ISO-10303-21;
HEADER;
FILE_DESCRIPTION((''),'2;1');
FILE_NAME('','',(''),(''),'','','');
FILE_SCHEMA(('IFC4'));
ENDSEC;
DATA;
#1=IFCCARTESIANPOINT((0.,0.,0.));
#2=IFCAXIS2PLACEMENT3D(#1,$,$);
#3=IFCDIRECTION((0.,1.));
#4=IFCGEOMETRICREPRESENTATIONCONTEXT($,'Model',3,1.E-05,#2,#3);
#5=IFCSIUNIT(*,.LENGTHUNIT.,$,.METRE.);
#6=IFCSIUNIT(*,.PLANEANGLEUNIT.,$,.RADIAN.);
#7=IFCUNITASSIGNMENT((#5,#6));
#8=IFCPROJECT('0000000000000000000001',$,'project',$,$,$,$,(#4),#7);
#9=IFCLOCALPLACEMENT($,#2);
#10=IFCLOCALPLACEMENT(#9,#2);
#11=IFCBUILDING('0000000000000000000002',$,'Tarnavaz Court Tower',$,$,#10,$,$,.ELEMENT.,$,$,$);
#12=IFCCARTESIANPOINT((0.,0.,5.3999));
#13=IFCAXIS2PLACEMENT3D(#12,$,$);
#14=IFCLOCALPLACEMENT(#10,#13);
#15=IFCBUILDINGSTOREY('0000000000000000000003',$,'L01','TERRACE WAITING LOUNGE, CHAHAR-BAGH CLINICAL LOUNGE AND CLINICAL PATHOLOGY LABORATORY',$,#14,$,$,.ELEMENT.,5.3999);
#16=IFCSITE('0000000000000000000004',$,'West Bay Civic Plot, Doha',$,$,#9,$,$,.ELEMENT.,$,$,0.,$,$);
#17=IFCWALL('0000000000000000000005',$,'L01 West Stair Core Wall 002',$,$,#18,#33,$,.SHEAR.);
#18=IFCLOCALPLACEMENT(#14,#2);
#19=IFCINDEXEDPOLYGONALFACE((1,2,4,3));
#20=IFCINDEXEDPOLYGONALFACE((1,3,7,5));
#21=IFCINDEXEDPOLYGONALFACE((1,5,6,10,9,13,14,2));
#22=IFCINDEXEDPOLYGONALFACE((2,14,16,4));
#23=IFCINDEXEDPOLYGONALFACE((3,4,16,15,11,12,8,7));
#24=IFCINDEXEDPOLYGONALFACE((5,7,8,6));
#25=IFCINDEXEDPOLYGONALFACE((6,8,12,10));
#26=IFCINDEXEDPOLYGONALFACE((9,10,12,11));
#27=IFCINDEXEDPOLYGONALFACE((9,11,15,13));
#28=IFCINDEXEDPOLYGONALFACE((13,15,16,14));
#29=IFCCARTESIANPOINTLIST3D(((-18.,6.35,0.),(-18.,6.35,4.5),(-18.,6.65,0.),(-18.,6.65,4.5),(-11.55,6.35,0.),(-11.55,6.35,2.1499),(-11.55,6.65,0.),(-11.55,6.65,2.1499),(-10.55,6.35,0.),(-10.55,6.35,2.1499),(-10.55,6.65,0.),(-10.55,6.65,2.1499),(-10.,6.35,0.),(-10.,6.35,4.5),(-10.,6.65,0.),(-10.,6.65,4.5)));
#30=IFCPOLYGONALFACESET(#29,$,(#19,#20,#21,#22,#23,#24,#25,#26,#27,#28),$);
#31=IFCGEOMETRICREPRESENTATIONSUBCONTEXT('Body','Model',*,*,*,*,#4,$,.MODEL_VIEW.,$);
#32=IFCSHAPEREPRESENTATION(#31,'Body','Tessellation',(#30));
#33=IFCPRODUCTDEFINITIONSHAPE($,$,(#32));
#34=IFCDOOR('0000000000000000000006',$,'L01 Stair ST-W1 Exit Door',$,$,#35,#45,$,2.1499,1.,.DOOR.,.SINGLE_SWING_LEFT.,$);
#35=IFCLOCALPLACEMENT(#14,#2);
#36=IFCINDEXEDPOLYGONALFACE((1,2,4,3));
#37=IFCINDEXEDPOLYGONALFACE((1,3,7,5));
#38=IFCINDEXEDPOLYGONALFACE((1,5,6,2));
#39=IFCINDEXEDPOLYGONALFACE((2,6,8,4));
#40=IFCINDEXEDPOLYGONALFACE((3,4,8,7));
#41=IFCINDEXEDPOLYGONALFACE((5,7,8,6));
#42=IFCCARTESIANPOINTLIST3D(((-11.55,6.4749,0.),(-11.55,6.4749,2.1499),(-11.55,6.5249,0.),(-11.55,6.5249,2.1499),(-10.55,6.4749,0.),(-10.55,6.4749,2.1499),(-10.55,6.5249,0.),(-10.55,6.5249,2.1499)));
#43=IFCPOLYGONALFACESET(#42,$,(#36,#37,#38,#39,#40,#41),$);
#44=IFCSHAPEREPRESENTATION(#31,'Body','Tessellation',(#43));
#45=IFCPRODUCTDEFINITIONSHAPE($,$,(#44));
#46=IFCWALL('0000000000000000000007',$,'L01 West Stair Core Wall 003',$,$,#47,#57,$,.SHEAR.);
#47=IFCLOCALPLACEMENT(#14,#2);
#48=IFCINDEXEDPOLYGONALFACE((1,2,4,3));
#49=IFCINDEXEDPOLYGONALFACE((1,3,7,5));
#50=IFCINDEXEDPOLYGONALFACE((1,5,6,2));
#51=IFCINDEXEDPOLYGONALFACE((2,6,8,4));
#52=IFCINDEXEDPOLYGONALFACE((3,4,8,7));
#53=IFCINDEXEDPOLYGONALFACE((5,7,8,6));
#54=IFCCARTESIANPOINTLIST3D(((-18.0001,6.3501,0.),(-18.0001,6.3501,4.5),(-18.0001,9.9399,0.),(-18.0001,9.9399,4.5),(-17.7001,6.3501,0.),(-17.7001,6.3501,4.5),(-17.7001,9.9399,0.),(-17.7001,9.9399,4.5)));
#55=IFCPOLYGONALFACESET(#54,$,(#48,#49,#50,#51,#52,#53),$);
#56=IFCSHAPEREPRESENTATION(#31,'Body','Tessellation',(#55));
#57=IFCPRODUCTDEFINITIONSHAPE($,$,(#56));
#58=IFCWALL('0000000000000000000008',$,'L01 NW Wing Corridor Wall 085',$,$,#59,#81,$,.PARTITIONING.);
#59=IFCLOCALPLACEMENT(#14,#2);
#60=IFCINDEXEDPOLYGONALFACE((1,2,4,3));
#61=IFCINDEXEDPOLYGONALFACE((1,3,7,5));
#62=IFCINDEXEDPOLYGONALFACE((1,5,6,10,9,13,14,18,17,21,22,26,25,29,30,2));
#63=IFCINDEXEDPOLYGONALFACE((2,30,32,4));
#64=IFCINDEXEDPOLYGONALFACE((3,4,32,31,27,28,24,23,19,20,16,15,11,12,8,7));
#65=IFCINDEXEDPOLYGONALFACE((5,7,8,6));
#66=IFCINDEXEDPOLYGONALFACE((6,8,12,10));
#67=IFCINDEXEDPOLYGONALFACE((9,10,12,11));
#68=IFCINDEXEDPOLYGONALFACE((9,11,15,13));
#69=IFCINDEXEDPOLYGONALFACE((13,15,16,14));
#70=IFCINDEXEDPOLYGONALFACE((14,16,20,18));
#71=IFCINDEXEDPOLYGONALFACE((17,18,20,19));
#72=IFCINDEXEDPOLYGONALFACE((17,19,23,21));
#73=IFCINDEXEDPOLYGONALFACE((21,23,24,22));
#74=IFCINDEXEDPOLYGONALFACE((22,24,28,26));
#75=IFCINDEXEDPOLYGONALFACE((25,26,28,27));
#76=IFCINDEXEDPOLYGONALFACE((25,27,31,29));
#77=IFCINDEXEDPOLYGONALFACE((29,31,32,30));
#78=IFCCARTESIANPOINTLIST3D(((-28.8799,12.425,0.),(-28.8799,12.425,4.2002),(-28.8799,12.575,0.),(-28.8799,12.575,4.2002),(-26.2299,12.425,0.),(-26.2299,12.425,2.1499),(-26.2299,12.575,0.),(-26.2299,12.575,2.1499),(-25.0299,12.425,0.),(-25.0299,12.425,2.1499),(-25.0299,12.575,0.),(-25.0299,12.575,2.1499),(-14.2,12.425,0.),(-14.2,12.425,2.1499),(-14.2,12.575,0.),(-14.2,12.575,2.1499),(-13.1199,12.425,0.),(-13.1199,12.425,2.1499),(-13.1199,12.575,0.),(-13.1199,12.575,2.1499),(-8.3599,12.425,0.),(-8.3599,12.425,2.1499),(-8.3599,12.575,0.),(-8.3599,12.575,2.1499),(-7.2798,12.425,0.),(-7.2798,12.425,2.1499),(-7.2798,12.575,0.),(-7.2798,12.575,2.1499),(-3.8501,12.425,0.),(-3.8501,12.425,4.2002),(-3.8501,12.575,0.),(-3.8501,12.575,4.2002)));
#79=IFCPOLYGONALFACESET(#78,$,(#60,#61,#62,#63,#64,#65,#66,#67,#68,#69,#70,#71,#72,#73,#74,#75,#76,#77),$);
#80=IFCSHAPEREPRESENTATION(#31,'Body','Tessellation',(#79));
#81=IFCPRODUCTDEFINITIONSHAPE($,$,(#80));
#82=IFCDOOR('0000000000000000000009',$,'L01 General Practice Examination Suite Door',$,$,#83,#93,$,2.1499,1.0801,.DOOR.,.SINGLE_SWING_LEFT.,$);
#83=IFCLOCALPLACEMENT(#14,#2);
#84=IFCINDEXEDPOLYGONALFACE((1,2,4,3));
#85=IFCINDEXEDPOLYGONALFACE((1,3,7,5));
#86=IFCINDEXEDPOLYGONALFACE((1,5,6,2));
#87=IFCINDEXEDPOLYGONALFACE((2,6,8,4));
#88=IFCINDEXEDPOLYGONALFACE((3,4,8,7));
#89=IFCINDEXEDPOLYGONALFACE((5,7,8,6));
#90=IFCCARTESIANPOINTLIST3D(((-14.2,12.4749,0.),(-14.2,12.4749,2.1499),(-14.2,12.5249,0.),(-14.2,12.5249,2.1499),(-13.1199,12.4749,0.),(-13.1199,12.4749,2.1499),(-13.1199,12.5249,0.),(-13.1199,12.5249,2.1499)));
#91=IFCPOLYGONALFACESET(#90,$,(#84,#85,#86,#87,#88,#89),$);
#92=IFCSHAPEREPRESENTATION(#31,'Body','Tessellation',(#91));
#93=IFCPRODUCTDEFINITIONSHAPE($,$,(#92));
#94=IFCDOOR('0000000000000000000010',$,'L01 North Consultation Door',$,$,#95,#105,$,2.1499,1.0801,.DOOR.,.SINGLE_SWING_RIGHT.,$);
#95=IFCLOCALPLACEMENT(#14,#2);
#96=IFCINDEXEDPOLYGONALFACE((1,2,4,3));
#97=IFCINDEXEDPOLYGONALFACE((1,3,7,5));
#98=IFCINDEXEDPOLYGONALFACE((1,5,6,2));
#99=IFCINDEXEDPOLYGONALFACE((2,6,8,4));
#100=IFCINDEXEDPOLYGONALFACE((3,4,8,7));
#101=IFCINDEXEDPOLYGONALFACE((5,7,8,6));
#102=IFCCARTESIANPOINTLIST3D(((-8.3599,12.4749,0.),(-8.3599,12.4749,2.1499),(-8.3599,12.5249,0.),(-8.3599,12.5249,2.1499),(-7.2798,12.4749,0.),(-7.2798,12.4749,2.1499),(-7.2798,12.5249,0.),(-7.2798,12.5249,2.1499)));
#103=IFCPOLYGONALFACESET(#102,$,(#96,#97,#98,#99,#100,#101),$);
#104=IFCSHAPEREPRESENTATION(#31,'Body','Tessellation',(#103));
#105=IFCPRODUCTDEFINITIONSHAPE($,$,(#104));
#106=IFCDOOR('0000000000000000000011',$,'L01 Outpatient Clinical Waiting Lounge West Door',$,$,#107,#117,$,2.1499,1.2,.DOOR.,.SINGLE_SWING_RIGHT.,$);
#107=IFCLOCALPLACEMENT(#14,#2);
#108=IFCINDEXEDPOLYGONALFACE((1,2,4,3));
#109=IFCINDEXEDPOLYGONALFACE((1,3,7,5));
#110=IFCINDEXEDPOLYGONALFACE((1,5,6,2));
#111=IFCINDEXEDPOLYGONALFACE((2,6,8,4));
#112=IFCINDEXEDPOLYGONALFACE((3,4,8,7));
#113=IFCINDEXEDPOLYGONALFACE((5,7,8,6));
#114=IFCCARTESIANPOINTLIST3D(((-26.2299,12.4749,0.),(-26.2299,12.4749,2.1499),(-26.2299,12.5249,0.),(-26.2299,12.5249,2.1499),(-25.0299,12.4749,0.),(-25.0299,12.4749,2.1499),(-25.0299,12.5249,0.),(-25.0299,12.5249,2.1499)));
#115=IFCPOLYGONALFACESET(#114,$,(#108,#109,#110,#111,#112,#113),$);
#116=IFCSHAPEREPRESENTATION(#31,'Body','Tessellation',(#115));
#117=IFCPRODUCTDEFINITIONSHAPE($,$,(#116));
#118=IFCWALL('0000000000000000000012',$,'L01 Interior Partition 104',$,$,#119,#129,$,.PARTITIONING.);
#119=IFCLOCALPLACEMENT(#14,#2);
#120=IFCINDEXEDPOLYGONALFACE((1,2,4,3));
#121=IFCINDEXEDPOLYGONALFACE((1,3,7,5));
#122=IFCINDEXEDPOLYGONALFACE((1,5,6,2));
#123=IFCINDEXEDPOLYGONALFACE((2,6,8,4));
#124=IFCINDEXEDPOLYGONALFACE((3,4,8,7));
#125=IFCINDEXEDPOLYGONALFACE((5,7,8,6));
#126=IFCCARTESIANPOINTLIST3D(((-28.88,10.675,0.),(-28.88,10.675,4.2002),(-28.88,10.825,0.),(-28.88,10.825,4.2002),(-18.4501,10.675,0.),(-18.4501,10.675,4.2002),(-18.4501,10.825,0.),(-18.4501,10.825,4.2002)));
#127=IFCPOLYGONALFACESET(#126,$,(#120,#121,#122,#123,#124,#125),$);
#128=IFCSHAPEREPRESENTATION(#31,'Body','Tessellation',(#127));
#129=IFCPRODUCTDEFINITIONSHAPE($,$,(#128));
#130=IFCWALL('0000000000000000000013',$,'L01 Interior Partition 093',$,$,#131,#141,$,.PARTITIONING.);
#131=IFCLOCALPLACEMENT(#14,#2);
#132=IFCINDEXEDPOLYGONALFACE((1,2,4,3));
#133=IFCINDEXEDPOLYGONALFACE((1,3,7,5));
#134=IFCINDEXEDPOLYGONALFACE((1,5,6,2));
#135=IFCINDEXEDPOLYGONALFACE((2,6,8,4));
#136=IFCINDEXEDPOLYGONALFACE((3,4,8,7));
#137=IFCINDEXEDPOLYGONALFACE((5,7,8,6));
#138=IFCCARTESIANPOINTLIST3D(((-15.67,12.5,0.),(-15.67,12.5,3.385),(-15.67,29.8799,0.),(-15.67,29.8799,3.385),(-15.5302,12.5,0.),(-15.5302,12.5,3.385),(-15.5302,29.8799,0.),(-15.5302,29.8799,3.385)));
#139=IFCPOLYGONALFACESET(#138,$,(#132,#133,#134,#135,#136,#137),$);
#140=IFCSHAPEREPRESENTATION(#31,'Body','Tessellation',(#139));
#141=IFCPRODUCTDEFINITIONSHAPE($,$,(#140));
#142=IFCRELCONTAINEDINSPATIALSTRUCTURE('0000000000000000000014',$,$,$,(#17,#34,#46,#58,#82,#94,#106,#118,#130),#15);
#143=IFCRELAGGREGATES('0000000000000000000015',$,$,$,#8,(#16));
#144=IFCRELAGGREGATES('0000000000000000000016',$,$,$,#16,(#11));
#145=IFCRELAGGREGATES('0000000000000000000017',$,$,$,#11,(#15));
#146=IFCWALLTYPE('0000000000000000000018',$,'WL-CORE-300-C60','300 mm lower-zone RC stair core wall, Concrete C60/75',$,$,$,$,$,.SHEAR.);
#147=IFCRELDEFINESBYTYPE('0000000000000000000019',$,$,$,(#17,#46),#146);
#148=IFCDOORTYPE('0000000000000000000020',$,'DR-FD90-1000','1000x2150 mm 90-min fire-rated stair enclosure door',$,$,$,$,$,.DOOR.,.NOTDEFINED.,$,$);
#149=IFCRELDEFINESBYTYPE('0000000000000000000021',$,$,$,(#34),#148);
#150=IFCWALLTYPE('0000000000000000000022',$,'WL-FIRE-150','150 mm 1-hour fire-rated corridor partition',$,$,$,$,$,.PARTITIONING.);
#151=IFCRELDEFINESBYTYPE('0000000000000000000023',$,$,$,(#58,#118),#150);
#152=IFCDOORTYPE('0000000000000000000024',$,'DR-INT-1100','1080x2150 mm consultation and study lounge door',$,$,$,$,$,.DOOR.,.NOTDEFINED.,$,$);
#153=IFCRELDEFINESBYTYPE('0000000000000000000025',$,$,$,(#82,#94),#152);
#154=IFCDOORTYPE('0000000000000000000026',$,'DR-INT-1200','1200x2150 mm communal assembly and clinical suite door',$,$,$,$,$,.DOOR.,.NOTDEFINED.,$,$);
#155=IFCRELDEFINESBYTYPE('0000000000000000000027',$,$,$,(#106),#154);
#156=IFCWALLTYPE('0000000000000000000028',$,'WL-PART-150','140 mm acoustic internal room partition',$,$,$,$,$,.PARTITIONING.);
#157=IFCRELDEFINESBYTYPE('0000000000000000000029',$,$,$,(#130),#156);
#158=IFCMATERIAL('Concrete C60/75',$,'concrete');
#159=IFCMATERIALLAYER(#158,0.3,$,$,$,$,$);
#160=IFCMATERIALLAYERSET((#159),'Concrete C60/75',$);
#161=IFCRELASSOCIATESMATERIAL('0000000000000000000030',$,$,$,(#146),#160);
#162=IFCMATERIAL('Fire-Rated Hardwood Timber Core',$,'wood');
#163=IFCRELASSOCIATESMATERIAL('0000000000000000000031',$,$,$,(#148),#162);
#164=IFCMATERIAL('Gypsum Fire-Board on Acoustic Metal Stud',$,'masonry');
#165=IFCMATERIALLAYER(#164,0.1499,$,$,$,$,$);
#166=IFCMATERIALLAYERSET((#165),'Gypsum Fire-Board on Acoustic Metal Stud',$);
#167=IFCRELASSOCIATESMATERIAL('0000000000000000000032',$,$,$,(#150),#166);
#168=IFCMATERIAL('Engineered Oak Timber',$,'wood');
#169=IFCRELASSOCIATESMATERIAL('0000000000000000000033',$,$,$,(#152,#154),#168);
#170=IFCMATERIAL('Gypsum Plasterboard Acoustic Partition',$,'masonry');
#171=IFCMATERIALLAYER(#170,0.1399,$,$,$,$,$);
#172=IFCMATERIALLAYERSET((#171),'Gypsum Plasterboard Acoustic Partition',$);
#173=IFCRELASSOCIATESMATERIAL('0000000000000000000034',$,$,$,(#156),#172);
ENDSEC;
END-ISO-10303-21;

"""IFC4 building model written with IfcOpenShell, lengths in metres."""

from ifc_helpers import new_model, si_unit, direction, frame, frame_2d, origin, place, context, subcontext, project, spatial, rectangle, extrude, material, layer, layer_set, type_object, element, fill, save


model = new_model("IFC4")

# Units and contexts
model_context = context("Model", 3, precision=1e-05, world=origin(), true_north=direction((0.0, 1.0)))
body_context = subcontext(model_context, "Body", "Model", "MODEL_VIEW")
ifc_project = project(units=[si_unit("LENGTHUNIT", "METRE"), si_unit("PLANEANGLEUNIT", "RADIAN")], contexts=[model_context])

# Site, building, storey
site_placement = place(None, origin())
site = spatial("IfcSite", under=ifc_project, at=site_placement, Name="West Bay Civic Plot, Doha", CompositionType="ELEMENT", RefElevation=0.0)
building_placement = place(site_placement, origin())
building = spatial("IfcBuilding", under=site, at=building_placement, Name="Tarnavaz Court Tower", CompositionType="ELEMENT")
storey_placement = place(building_placement, frame((0.0, 0.0, 5.3999)))
storey = spatial("IfcBuildingStorey", under=building, at=storey_placement, Name="L01", Description="TERRACE WAITING LOUNGE, CHAHAR-BAGH CLINICAL LOUNGE AND CLINICAL PATHOLOGY LABORATORY", CompositionType="ELEMENT", Elevation=5.3999)

# Shared definitions
ifc_material_1 = material(Name="Concrete C60/75", Category="concrete")

# Shared definitions
ifc_layer_1 = layer(ifc_material_1, 0.3)
ifc_layer_set_1 = layer_set([ifc_layer_1], Name="Concrete C60/75")
wall_type_1 = type_object("IfcWallType", Name="WL-CORE-300-C60", Description="300 mm lower-zone RC stair core wall, Concrete C60/75", PredefinedType="SHEAR", material=ifc_layer_set_1)

# Wall, opening, door
wall_1_placement = place(storey_placement, frame((-18.0, 6.5, 0.0), z_axis=(0.0, 0.0, 1.0), x_axis=(1.0, 0.0, 0.0)))
wall_1 = element("IfcWall", 1, at=wall_1_placement, inside=storey, type_object=wall_type_1, Name="L01 West Stair Core Wall 002", PredefinedType="SHEAR", context=body_context, shape_type="SweptSolid", body=[
    extrude(rectangle(XDim=8.0, YDim=0.3, at=frame_2d((4.0, 0.0))), origin(), (0.0, 0.0, 1.0), 4.5),
])
opening_1_placement = place(wall_1_placement, frame((6.45, 0.0, 0.0)))
opening_1 = element("IfcOpeningElement", 2, at=opening_1_placement, cuts=wall_1, PredefinedType="OPENING", context=body_context, shape_type="SweptSolid", body=[
    extrude(rectangle(XDim=1.0, YDim=2.1499, at=frame_2d((0.5, 1.075))), frame((0.0, 0.1599, 0.0), z_axis=(0.0, -1.0, 0.0), x_axis=(1.0, 0.0, 0.0)), (0.0, 0.0, 1.0), 0.3201),
])
ifc_material_2 = material(Name="Fire-Rated Hardwood Timber Core", Category="wood")
door_type_1 = type_object("IfcDoorType", Name="DR-FD90-1000", Description="1000x2150 mm 90-min fire-rated stair enclosure door", OperationType="NOTDEFINED", PredefinedType="DOOR", material=ifc_material_2)
door_1_placement = place(opening_1_placement, origin())
door_1 = element("IfcDoor", 3, at=door_1_placement, inside=storey, type_object=door_type_1, Name="L01 Stair ST-W1 Exit Door", OperationType="SINGLE_SWING_LEFT", OverallHeight=2.1499, OverallWidth=1.0, PredefinedType="DOOR", context=body_context, shape_type="SweptSolid", body=[
    extrude(rectangle(XDim=1.0, YDim=2.1499, at=frame_2d((0.5, 1.075))), frame((0.0, 0.0249, 0.0), z_axis=(0.0, -1.0, 0.0), x_axis=(1.0, 0.0, 0.0)), (0.0, 0.0, 1.0), 0.05),
])
fill(opening_1, door_1)

# Wall
wall_2_placement = place(storey_placement, frame((-17.8501, 6.3501, 0.0), z_axis=(0.0, 0.0, 1.0), x_axis=(0.0, 1.0, 0.0)))
element("IfcWall", 4, at=wall_2_placement, inside=storey, type_object=wall_type_1, Name="L01 West Stair Core Wall 003", PredefinedType="SHEAR", context=body_context, shape_type="SweptSolid", body=[
    extrude(rectangle(XDim=3.5898, YDim=0.3, at=frame_2d((1.7949, 0.0))), origin(), (0.0, 0.0, 1.0), 4.5),
])

# Wall, openings, doors
ifc_material_3 = material(Name="Gypsum Fire-Board on Acoustic Metal Stud", Category="masonry")
ifc_layer_2 = layer(ifc_material_3, 0.1499)
ifc_layer_set_2 = layer_set([ifc_layer_2], Name="Gypsum Fire-Board on Acoustic Metal Stud")
wall_type_2 = type_object("IfcWallType", Name="WL-FIRE-150", Description="150 mm 1-hour fire-rated corridor partition", PredefinedType="PARTITIONING", material=ifc_layer_set_2)
wall_3_placement = place(storey_placement, frame((-28.8799, 12.5, 0.0), z_axis=(0.0, 0.0, 1.0), x_axis=(1.0, 0.0, 0.0)))
wall_3 = element("IfcWall", 5, at=wall_3_placement, inside=storey, type_object=wall_type_2, Name="L01 NW Wing Corridor Wall 085", PredefinedType="PARTITIONING", context=body_context, shape_type="SweptSolid", body=[
    extrude(rectangle(XDim=25.0298, YDim=0.1499, at=frame_2d((12.5149, 0.0))), origin(), (0.0, 0.0, 1.0), 4.2002),
])
opening_2_placement = place(wall_3_placement, frame((2.6499, 0.0, 0.0)))
opening_2 = element("IfcOpeningElement", 6, at=opening_2_placement, cuts=wall_3, PredefinedType="OPENING", context=body_context, shape_type="SweptSolid", body=[
    extrude(rectangle(XDim=1.2, YDim=2.1499, at=frame_2d((0.6001, 1.075))), frame((0.0, 0.085, 0.0), z_axis=(0.0, -1.0, 0.0), x_axis=(1.0, 0.0, 0.0)), (0.0, 0.0, 1.0), 0.1699),
])
opening_3_placement = place(wall_3_placement, frame((14.6799, 0.0, 0.0)))
opening_3 = element("IfcOpeningElement", 7, at=opening_3_placement, cuts=wall_3, PredefinedType="OPENING", context=body_context, shape_type="SweptSolid", body=[
    extrude(rectangle(XDim=1.0801, YDim=2.1499, at=frame_2d((0.54, 1.075))), frame((0.0, 0.085, 0.0), z_axis=(0.0, -1.0, 0.0), x_axis=(1.0, 0.0, 0.0)), (0.0, 0.0, 1.0), 0.1699),
])
opening_4_placement = place(wall_3_placement, frame((20.52, 0.0, 0.0)))
opening_4 = element("IfcOpeningElement", 8, at=opening_4_placement, cuts=wall_3, PredefinedType="OPENING", context=body_context, shape_type="SweptSolid", body=[
    extrude(rectangle(XDim=1.0801, YDim=2.1499, at=frame_2d((0.54, 1.075))), frame((0.0, 0.085, 0.0), z_axis=(0.0, -1.0, 0.0), x_axis=(1.0, 0.0, 0.0)), (0.0, 0.0, 1.0), 0.1699),
])
ifc_material_4 = material(Name="Engineered Oak Timber", Category="wood")
door_type_2 = type_object("IfcDoorType", Name="DR-INT-1100", Description="1080x2150 mm consultation and study lounge door", OperationType="NOTDEFINED", PredefinedType="DOOR", material=ifc_material_4)
door_2_placement = place(opening_3_placement, origin())
door_2 = element("IfcDoor", 9, at=door_2_placement, inside=storey, type_object=door_type_2, Name="L01 General Practice Examination Suite Door", OperationType="SINGLE_SWING_LEFT", OverallHeight=2.1499, OverallWidth=1.0801, PredefinedType="DOOR", context=body_context, shape_type="SweptSolid", body=[
    extrude(rectangle(XDim=1.0801, YDim=2.1499, at=frame_2d((0.54, 1.075))), frame((0.0, 0.0249, 0.0), z_axis=(0.0, -1.0, 0.0), x_axis=(1.0, 0.0, 0.0)), (0.0, 0.0, 1.0), 0.05),
])
fill(opening_3, door_2)
door_3_placement = place(opening_4_placement, origin())
door_3 = element("IfcDoor", 10, at=door_3_placement, inside=storey, type_object=door_type_2, Name="L01 North Consultation Door", OperationType="SINGLE_SWING_RIGHT", OverallHeight=2.1499, OverallWidth=1.0801, PredefinedType="DOOR", context=body_context, shape_type="SweptSolid", body=[
    extrude(rectangle(XDim=1.0801, YDim=2.1499, at=frame_2d((0.54, 1.075))), frame((0.0, 0.0249, 0.0), z_axis=(0.0, -1.0, 0.0), x_axis=(1.0, 0.0, 0.0)), (0.0, 0.0, 1.0), 0.05),
])
fill(opening_4, door_3)
door_type_3 = type_object("IfcDoorType", Name="DR-INT-1200", Description="1200x2150 mm communal assembly and clinical suite door", OperationType="NOTDEFINED", PredefinedType="DOOR", material=ifc_material_4)
door_4_placement = place(opening_2_placement, origin())
door_4 = element("IfcDoor", 11, at=door_4_placement, inside=storey, type_object=door_type_3, Name="L01 Outpatient Clinical Waiting Lounge West Door", OperationType="SINGLE_SWING_RIGHT", OverallHeight=2.1499, OverallWidth=1.2, PredefinedType="DOOR", context=body_context, shape_type="SweptSolid", body=[
    extrude(rectangle(XDim=1.2, YDim=2.1499, at=frame_2d((0.6001, 1.075))), frame((0.0, 0.0249, 0.0), z_axis=(0.0, -1.0, 0.0), x_axis=(1.0, 0.0, 0.0)), (0.0, 0.0, 1.0), 0.05),
])
fill(opening_2, door_4)

# Walls
wall_4_placement = place(storey_placement, frame((-28.8799, 10.75, 0.0), z_axis=(0.0, 0.0, 1.0), x_axis=(1.0, 0.0, 0.0)))
element("IfcWall", 12, at=wall_4_placement, inside=storey, type_object=wall_type_2, Name="L01 Interior Partition 104", PredefinedType="PARTITIONING", context=body_context, shape_type="SweptSolid", body=[
    extrude(rectangle(XDim=10.4299, YDim=0.1499, at=frame_2d((5.2148, 0.0))), origin(), (0.0, 0.0, 1.0), 4.2002),
])
ifc_material_5 = material(Name="Gypsum Plasterboard Acoustic Partition", Category="masonry")
ifc_layer_3 = layer(ifc_material_5, 0.1399)
ifc_layer_set_3 = layer_set([ifc_layer_3], Name="Gypsum Plasterboard Acoustic Partition")
wall_type_3 = type_object("IfcWallType", Name="WL-PART-150", Description="140 mm acoustic internal room partition", PredefinedType="PARTITIONING", material=ifc_layer_set_3)
wall_5_placement = place(storey_placement, frame((-15.6001, 12.5, 0.0), z_axis=(0.0, 0.0, 1.0), x_axis=(0.0, 1.0, 0.0)))
element("IfcWall", 13, at=wall_5_placement, inside=storey, type_object=wall_type_3, Name="L01 Interior Partition 093", PredefinedType="PARTITIONING", context=body_context, shape_type="SweptSolid", body=[
    extrude(rectangle(XDim=17.3799, YDim=0.1399, at=frame_2d((8.6899, 0.0))), origin(), (0.0, 0.0, 1.0), 3.385),
])

save(model, "model.ifc")
